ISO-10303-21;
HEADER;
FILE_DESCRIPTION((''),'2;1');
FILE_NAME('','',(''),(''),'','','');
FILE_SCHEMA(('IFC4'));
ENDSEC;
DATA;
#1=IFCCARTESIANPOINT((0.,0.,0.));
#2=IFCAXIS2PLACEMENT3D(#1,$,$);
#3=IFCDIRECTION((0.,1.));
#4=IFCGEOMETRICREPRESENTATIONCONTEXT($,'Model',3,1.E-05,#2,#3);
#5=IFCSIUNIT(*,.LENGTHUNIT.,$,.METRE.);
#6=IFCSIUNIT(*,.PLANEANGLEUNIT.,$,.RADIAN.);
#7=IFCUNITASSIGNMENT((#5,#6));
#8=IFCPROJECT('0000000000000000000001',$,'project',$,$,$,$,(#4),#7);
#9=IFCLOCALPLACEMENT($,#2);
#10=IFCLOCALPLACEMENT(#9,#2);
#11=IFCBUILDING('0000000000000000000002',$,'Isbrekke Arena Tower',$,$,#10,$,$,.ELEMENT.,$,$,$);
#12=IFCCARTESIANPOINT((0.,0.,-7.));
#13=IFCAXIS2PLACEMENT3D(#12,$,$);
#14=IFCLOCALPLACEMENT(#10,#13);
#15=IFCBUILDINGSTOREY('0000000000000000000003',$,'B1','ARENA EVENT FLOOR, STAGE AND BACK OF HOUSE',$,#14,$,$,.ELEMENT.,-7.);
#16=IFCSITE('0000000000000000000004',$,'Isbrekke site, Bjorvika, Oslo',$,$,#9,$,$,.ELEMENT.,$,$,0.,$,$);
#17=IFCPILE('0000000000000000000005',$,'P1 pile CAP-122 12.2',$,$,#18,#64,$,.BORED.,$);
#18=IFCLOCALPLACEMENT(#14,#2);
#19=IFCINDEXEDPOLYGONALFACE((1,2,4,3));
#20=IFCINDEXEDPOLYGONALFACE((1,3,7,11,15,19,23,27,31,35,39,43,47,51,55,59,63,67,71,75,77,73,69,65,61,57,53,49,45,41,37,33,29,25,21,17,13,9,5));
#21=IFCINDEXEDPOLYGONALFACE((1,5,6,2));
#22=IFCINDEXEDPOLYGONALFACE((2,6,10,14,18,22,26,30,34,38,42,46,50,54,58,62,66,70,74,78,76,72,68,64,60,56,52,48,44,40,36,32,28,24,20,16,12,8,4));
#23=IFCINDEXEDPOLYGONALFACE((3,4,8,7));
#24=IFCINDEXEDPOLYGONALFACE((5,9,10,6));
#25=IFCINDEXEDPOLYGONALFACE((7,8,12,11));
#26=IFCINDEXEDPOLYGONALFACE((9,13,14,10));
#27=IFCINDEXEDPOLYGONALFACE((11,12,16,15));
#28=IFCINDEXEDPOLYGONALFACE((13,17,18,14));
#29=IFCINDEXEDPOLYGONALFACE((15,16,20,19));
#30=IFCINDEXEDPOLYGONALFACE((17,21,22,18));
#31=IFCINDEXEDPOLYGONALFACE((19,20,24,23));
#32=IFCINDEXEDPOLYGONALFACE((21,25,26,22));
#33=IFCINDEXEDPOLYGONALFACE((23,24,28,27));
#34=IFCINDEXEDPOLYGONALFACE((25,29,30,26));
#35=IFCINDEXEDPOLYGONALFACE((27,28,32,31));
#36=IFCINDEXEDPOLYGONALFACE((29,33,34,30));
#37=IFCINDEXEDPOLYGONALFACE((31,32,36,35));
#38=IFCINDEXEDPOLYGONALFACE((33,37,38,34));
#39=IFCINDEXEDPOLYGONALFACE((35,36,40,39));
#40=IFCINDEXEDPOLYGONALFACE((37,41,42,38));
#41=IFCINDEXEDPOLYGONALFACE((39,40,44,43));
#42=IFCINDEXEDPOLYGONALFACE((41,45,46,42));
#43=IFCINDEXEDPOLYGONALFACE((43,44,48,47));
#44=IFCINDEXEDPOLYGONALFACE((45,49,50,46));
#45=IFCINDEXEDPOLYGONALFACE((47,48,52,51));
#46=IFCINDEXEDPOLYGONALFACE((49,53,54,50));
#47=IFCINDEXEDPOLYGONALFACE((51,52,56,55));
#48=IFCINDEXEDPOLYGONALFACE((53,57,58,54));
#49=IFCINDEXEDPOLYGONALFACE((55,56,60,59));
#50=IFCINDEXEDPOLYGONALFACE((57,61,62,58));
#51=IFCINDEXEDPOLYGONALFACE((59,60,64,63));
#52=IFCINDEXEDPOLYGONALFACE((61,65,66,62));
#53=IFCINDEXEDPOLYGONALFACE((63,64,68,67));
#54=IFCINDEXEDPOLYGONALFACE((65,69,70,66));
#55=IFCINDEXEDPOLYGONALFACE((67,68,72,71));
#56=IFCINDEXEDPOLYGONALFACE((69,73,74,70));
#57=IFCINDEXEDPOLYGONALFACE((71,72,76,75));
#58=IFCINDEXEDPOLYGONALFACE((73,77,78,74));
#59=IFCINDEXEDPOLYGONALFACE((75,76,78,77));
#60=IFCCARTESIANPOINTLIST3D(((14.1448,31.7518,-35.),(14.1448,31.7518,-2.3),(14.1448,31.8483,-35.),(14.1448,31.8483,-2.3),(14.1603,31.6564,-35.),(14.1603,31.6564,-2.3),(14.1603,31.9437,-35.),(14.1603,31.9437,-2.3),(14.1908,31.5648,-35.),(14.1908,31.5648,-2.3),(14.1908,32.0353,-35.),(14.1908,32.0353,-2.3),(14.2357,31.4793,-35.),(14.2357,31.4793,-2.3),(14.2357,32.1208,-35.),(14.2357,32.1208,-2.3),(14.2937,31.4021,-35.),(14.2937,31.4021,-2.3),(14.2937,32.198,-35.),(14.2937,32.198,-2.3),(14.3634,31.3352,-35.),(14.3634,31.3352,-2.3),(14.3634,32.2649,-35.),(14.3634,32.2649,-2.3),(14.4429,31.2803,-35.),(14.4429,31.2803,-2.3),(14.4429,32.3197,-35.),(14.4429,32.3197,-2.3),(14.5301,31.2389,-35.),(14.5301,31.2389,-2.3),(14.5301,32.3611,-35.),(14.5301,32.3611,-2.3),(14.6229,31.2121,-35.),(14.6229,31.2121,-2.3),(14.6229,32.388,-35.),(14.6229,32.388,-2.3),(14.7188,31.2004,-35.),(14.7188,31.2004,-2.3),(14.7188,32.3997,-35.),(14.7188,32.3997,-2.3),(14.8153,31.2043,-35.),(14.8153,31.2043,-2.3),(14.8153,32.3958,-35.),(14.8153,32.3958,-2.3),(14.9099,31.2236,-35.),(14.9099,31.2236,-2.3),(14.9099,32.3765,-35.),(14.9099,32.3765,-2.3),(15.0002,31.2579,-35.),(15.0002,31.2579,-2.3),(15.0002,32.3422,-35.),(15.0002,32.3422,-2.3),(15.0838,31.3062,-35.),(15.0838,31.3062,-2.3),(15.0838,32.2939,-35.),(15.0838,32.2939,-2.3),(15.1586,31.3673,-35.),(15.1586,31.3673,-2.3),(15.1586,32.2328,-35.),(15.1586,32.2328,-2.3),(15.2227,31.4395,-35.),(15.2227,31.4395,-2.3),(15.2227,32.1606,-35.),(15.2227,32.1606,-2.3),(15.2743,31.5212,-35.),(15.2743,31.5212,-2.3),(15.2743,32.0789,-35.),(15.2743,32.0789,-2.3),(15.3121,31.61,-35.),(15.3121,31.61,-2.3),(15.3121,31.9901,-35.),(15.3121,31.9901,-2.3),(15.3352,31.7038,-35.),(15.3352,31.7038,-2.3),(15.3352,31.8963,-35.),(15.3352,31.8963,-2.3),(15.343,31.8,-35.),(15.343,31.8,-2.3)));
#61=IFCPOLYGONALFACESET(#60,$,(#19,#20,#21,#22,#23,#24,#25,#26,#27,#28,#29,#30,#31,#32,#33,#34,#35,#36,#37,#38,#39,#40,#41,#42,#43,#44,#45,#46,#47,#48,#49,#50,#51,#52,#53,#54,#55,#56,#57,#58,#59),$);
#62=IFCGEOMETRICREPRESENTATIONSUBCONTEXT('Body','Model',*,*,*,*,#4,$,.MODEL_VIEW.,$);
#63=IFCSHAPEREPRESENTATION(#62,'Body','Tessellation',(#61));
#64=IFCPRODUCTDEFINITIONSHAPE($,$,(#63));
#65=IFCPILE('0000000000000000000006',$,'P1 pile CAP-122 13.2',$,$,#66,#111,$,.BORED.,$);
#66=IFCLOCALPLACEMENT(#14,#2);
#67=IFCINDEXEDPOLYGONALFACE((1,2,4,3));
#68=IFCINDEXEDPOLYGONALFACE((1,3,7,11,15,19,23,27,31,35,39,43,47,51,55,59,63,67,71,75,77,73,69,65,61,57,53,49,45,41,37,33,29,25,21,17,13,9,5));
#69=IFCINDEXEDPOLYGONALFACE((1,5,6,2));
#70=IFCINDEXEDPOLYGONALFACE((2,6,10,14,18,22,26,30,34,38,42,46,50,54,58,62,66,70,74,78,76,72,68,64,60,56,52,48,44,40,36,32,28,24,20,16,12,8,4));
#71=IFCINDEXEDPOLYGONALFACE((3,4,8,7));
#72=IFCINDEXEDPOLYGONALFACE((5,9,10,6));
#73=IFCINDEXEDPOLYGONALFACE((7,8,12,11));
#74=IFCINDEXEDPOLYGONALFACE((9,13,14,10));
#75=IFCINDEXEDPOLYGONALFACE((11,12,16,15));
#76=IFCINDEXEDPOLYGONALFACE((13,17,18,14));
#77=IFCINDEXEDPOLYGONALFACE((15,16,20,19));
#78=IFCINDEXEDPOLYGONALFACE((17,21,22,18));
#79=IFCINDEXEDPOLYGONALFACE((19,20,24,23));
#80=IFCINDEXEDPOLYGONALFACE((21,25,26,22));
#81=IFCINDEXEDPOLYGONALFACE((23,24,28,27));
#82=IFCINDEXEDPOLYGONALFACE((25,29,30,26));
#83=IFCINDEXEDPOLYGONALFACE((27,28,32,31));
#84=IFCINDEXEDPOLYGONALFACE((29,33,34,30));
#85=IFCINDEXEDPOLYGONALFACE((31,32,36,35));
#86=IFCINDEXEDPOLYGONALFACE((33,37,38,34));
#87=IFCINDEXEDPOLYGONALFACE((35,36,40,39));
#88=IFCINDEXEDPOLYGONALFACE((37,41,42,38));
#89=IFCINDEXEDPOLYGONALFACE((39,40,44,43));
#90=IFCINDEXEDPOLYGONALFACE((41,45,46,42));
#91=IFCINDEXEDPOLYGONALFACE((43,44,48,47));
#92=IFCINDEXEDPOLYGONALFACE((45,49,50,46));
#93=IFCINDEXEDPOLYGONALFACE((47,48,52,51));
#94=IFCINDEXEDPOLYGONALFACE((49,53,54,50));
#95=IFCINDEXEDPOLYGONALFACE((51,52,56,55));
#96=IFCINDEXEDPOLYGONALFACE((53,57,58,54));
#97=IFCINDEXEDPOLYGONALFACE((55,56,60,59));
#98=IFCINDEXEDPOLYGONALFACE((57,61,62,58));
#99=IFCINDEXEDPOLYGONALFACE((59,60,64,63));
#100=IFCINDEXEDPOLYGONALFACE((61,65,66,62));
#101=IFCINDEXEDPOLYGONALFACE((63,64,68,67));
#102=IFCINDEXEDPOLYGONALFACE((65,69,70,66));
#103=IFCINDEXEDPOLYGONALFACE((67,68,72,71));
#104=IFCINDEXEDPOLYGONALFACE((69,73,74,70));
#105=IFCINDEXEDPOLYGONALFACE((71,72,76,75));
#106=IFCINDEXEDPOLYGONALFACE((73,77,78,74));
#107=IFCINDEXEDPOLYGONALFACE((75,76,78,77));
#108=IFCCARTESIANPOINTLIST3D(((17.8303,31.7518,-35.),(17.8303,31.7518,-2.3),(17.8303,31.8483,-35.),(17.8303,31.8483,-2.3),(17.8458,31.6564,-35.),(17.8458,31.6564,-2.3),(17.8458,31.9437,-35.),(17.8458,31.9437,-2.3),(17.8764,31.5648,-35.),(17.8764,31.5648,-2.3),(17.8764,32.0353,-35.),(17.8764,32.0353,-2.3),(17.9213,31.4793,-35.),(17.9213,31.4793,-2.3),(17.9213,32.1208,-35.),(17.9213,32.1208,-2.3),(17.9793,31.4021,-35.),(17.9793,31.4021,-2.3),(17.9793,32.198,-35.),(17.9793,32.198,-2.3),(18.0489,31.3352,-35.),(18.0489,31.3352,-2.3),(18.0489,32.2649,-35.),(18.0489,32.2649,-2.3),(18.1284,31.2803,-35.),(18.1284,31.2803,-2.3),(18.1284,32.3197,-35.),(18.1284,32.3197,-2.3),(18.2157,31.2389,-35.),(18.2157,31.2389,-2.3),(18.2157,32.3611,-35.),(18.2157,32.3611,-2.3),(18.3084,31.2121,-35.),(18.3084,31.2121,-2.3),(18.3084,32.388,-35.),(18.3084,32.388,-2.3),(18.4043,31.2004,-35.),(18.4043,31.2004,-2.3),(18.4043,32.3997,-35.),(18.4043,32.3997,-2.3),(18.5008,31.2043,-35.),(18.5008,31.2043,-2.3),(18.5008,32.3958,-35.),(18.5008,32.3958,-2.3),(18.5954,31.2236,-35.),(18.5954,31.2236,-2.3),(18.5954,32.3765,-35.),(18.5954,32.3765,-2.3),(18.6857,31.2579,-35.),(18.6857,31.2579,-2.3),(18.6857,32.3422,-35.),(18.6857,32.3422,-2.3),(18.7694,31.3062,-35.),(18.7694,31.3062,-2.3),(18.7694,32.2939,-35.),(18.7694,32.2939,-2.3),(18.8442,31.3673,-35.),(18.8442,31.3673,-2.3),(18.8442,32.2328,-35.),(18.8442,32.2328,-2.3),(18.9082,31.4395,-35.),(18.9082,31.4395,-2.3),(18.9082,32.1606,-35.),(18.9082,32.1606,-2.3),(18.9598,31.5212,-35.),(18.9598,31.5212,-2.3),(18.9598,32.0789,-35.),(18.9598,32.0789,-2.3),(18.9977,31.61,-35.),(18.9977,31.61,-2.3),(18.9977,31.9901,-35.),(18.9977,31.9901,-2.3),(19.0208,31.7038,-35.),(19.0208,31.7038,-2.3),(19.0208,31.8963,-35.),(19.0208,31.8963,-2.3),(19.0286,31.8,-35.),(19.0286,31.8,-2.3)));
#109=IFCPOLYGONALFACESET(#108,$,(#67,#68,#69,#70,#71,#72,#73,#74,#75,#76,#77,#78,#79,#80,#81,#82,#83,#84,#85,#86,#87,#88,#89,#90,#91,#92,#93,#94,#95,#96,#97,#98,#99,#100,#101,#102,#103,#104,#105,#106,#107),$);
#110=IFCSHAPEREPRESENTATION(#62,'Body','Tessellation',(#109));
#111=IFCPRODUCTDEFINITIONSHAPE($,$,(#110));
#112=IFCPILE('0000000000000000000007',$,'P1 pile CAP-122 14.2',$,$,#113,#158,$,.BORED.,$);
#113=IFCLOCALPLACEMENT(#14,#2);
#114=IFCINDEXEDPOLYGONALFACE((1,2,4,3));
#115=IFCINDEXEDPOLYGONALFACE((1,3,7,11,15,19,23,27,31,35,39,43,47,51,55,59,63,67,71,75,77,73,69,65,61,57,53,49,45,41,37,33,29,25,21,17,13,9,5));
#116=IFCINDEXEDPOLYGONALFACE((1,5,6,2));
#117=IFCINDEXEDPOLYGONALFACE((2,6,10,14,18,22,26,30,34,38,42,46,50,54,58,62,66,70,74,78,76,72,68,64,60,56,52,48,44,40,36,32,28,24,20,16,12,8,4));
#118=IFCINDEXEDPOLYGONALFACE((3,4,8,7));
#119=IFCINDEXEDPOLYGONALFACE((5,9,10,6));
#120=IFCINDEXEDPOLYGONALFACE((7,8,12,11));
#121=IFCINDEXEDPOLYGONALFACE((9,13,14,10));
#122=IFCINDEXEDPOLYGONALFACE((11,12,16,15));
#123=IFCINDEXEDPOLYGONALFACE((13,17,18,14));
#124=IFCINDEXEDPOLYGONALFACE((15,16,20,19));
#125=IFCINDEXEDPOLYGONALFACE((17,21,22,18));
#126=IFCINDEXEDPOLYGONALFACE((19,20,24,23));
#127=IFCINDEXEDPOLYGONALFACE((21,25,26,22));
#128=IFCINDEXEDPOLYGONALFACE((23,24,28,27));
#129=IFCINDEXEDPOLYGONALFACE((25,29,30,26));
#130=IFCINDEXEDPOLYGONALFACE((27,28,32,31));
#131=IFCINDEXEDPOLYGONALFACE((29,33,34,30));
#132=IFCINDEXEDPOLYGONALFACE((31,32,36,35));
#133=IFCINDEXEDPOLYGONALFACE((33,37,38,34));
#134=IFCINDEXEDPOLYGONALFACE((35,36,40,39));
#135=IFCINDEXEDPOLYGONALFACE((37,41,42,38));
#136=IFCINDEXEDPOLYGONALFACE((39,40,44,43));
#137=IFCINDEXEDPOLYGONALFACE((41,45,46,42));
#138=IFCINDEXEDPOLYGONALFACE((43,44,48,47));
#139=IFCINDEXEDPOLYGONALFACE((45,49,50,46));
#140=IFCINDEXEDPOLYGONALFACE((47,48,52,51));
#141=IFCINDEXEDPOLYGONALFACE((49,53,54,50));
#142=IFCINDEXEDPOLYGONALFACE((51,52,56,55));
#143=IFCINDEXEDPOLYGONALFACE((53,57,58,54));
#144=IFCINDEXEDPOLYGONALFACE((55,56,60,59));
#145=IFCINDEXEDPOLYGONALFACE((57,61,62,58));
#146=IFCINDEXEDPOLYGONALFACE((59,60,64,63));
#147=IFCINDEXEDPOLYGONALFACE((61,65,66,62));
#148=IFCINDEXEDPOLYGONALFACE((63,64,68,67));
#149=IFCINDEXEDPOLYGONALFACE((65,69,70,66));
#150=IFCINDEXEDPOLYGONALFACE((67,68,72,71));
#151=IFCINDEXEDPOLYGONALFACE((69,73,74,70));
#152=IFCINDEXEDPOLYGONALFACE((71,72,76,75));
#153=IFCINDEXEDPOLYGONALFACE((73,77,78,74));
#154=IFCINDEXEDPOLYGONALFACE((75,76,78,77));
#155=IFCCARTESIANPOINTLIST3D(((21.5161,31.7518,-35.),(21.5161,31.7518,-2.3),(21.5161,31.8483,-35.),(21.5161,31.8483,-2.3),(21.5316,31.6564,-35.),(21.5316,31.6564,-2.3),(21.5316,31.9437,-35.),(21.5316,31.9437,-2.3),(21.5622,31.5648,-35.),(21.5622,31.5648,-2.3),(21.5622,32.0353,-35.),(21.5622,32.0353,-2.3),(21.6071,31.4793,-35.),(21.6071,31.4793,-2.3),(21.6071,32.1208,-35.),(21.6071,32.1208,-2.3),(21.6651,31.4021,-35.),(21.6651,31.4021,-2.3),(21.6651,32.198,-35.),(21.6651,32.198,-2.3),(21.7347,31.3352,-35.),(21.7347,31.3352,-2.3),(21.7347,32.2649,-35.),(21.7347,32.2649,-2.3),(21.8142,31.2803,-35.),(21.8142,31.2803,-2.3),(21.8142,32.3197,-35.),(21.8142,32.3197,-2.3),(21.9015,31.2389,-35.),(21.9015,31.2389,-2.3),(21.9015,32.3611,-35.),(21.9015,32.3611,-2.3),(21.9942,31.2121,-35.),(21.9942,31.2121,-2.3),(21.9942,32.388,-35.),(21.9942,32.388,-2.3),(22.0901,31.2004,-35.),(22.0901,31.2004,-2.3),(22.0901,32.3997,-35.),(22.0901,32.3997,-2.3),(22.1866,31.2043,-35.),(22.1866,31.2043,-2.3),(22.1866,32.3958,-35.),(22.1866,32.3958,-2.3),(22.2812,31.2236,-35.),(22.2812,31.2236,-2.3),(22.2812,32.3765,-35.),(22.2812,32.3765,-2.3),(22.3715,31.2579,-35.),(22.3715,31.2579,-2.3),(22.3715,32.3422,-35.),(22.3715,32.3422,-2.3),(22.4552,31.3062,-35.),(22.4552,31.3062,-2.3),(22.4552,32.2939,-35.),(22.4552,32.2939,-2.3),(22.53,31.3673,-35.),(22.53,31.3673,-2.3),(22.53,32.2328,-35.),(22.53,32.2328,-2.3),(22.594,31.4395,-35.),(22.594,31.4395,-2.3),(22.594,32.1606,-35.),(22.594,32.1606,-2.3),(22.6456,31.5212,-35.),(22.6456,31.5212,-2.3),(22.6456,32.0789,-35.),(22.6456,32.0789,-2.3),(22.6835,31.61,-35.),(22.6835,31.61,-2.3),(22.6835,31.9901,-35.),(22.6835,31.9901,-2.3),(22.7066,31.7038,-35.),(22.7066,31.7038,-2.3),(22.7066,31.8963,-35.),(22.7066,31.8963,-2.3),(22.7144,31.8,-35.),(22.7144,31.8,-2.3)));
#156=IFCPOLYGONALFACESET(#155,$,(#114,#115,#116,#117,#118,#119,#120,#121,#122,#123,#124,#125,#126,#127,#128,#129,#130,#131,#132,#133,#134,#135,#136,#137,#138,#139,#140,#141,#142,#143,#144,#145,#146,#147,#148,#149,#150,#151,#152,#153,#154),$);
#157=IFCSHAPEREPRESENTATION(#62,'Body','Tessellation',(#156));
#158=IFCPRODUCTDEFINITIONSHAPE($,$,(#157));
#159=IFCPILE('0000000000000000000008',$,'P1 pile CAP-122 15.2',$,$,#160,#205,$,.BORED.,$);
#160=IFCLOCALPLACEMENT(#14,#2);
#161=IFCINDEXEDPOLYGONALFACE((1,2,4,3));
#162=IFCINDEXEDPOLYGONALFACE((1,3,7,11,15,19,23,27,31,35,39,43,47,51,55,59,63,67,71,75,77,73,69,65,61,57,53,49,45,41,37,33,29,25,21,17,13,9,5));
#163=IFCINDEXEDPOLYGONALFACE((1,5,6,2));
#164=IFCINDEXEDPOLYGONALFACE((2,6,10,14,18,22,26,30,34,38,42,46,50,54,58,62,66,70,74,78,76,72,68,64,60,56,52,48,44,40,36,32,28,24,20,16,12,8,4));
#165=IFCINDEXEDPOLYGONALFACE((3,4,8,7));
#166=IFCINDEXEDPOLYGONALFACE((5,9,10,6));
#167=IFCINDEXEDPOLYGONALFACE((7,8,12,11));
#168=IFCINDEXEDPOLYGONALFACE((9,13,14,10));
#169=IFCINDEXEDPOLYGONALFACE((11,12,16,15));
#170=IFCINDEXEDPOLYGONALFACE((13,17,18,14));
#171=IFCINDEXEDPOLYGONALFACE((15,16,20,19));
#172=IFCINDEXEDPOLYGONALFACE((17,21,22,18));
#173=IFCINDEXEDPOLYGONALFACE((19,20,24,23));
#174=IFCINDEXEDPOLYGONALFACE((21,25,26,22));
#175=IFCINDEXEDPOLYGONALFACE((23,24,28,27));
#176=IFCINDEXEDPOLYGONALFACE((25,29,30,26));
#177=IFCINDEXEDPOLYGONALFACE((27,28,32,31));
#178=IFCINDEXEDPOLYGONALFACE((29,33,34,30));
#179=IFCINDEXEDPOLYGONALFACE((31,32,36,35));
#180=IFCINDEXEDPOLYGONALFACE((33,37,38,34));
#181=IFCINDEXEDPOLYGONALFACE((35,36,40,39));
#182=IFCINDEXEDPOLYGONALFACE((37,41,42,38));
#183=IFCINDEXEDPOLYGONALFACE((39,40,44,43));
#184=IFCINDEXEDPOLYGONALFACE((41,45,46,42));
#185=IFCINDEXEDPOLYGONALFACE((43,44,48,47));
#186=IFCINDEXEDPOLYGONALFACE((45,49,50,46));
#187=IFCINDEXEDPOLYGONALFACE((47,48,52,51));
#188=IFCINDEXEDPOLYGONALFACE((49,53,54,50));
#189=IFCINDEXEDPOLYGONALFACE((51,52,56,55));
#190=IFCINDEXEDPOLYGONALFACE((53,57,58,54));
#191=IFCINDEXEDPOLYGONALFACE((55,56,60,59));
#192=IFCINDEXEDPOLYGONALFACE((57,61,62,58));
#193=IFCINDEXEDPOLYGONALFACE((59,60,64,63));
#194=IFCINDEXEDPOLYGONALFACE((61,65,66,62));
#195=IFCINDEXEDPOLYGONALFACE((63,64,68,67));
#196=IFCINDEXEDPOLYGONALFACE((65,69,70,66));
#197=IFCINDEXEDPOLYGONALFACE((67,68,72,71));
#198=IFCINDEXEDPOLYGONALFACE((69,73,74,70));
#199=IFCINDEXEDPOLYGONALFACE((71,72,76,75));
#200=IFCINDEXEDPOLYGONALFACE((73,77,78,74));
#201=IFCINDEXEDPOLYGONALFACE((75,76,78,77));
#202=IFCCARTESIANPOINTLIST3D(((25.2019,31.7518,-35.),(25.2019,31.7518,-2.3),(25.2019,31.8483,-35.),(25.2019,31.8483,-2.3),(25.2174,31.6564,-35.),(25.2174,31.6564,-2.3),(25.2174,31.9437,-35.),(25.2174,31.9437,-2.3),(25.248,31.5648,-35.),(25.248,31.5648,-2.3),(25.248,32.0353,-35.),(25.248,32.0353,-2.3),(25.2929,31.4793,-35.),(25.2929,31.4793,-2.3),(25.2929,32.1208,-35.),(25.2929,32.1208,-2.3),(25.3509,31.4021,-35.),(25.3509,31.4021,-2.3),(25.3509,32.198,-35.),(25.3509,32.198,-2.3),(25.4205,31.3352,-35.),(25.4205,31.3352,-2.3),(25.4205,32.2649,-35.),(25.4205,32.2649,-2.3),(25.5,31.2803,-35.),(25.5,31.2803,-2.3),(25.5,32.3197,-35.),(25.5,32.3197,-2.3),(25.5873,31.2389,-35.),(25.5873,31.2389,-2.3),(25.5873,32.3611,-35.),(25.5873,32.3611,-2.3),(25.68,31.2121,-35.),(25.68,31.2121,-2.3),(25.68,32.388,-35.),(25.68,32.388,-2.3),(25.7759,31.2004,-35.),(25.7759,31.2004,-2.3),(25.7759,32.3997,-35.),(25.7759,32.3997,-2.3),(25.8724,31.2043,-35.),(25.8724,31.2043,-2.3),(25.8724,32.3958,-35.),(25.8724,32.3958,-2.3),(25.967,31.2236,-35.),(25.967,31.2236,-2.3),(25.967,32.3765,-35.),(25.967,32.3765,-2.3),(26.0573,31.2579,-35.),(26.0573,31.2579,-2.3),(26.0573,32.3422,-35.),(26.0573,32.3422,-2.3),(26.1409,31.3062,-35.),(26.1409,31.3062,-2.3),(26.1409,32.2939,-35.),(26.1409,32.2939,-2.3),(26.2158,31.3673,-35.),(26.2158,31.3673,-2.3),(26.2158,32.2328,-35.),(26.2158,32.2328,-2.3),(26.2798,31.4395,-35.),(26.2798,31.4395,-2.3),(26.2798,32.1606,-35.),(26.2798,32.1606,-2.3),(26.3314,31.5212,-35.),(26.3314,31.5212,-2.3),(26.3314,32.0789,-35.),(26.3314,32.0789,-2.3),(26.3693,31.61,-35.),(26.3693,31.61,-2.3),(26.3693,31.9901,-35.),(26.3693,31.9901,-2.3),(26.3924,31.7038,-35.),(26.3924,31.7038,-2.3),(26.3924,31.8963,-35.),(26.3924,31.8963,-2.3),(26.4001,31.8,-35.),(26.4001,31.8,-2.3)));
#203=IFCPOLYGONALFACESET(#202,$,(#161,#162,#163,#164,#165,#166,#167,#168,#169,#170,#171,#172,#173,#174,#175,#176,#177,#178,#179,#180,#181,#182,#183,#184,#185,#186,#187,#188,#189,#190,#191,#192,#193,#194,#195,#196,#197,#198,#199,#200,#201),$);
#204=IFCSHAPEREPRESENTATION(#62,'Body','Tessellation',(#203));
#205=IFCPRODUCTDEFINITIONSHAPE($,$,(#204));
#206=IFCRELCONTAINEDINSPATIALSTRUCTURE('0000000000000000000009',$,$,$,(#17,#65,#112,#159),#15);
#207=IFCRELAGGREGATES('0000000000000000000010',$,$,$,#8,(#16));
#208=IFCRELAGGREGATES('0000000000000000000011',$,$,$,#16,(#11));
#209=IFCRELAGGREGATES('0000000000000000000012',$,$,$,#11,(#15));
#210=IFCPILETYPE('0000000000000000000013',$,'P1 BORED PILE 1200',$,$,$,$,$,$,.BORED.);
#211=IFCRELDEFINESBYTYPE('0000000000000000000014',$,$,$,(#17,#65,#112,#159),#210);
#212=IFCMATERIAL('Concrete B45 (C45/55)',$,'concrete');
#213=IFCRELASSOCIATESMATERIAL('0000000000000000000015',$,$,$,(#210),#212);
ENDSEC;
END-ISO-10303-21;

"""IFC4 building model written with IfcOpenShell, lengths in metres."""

from ifc_helpers import new_model, si_unit, direction, frame, origin, origin_2d, place, context, subcontext, project, spatial, circle, extrude, material, material_profile, profile_set, type_object, element, save


model = new_model("IFC4")

# Units and contexts
model_context = context("Model", 3, precision=1e-05, world=origin(), true_north=direction((0.0, 1.0)))
body_context = subcontext(model_context, "Body", "Model", "MODEL_VIEW")
ifc_project = project(units=[si_unit("LENGTHUNIT", "METRE"), si_unit("PLANEANGLEUNIT", "RADIAN")], contexts=[model_context])

# Site, building, storey
site_placement = place(None, origin())
site = spatial("IfcSite", under=ifc_project, at=site_placement, Name="Isbrekke site, Bjorvika, Oslo", CompositionType="ELEMENT", RefElevation=0.0)
building_placement = place(site_placement, origin())
building = spatial("IfcBuilding", under=site, at=building_placement, Name="Isbrekke Arena Tower", CompositionType="ELEMENT")
storey_placement = place(building_placement, frame((0.0, 0.0, -7.0)))
storey = spatial("IfcBuildingStorey", under=building, at=storey_placement, Name="B1", Description="ARENA EVENT FLOOR, STAGE AND BACK OF HOUSE", CompositionType="ELEMENT", Elevation=-7.0)

# Piles
ifc_material_1 = material(Name="Concrete B45 (C45/55)", Category="concrete")
ifc_material_profile_1 = material_profile(ifc_material_1, circle(Radius=0.6001, at=origin_2d()), Name="BORED PILE D1200")
ifc_profile_set_1 = profile_set([ifc_material_profile_1], Name="Concrete B45 (C45/55)")
pile_type = type_object("IfcPileType", Name="P1 BORED PILE 1200", PredefinedType="BORED", material=ifc_profile_set_1)
for number, where, z_axis, x_axis, name in (
    (1, (14.7429, 31.8, -2.3), (0.0, 0.0, -1.0), (1.0, 0.0, 0.0), "P1 pile CAP-122 12.2"),
    (2, (18.4285, 31.8, -2.3), (0.0, 0.0, -1.0), (1.0, 0.0, 0.0), "P1 pile CAP-122 13.2"),
    (3, (22.1143, 31.8, -2.3), (0.0, 0.0, -1.0), (1.0, 0.0, 0.0), "P1 pile CAP-122 14.2"),
    (4, (25.8, 31.8, -2.3), (0.0, 0.0, -1.0), (1.0, 0.0, 0.0), "P1 pile CAP-122 15.2"),
):
    element("IfcPile", number, at=place(storey_placement, frame(where, z_axis=z_axis, x_axis=x_axis)), inside=storey, type_object=pile_type, Name=name, PredefinedType="BORED", context=body_context, shape_type="SweptSolid", body=[
        extrude(circle(Radius=0.6001, at=origin_2d()), origin(), (0.0, 0.0, 1.0), 32.7),
    ])

save(model, "model.ifc")
